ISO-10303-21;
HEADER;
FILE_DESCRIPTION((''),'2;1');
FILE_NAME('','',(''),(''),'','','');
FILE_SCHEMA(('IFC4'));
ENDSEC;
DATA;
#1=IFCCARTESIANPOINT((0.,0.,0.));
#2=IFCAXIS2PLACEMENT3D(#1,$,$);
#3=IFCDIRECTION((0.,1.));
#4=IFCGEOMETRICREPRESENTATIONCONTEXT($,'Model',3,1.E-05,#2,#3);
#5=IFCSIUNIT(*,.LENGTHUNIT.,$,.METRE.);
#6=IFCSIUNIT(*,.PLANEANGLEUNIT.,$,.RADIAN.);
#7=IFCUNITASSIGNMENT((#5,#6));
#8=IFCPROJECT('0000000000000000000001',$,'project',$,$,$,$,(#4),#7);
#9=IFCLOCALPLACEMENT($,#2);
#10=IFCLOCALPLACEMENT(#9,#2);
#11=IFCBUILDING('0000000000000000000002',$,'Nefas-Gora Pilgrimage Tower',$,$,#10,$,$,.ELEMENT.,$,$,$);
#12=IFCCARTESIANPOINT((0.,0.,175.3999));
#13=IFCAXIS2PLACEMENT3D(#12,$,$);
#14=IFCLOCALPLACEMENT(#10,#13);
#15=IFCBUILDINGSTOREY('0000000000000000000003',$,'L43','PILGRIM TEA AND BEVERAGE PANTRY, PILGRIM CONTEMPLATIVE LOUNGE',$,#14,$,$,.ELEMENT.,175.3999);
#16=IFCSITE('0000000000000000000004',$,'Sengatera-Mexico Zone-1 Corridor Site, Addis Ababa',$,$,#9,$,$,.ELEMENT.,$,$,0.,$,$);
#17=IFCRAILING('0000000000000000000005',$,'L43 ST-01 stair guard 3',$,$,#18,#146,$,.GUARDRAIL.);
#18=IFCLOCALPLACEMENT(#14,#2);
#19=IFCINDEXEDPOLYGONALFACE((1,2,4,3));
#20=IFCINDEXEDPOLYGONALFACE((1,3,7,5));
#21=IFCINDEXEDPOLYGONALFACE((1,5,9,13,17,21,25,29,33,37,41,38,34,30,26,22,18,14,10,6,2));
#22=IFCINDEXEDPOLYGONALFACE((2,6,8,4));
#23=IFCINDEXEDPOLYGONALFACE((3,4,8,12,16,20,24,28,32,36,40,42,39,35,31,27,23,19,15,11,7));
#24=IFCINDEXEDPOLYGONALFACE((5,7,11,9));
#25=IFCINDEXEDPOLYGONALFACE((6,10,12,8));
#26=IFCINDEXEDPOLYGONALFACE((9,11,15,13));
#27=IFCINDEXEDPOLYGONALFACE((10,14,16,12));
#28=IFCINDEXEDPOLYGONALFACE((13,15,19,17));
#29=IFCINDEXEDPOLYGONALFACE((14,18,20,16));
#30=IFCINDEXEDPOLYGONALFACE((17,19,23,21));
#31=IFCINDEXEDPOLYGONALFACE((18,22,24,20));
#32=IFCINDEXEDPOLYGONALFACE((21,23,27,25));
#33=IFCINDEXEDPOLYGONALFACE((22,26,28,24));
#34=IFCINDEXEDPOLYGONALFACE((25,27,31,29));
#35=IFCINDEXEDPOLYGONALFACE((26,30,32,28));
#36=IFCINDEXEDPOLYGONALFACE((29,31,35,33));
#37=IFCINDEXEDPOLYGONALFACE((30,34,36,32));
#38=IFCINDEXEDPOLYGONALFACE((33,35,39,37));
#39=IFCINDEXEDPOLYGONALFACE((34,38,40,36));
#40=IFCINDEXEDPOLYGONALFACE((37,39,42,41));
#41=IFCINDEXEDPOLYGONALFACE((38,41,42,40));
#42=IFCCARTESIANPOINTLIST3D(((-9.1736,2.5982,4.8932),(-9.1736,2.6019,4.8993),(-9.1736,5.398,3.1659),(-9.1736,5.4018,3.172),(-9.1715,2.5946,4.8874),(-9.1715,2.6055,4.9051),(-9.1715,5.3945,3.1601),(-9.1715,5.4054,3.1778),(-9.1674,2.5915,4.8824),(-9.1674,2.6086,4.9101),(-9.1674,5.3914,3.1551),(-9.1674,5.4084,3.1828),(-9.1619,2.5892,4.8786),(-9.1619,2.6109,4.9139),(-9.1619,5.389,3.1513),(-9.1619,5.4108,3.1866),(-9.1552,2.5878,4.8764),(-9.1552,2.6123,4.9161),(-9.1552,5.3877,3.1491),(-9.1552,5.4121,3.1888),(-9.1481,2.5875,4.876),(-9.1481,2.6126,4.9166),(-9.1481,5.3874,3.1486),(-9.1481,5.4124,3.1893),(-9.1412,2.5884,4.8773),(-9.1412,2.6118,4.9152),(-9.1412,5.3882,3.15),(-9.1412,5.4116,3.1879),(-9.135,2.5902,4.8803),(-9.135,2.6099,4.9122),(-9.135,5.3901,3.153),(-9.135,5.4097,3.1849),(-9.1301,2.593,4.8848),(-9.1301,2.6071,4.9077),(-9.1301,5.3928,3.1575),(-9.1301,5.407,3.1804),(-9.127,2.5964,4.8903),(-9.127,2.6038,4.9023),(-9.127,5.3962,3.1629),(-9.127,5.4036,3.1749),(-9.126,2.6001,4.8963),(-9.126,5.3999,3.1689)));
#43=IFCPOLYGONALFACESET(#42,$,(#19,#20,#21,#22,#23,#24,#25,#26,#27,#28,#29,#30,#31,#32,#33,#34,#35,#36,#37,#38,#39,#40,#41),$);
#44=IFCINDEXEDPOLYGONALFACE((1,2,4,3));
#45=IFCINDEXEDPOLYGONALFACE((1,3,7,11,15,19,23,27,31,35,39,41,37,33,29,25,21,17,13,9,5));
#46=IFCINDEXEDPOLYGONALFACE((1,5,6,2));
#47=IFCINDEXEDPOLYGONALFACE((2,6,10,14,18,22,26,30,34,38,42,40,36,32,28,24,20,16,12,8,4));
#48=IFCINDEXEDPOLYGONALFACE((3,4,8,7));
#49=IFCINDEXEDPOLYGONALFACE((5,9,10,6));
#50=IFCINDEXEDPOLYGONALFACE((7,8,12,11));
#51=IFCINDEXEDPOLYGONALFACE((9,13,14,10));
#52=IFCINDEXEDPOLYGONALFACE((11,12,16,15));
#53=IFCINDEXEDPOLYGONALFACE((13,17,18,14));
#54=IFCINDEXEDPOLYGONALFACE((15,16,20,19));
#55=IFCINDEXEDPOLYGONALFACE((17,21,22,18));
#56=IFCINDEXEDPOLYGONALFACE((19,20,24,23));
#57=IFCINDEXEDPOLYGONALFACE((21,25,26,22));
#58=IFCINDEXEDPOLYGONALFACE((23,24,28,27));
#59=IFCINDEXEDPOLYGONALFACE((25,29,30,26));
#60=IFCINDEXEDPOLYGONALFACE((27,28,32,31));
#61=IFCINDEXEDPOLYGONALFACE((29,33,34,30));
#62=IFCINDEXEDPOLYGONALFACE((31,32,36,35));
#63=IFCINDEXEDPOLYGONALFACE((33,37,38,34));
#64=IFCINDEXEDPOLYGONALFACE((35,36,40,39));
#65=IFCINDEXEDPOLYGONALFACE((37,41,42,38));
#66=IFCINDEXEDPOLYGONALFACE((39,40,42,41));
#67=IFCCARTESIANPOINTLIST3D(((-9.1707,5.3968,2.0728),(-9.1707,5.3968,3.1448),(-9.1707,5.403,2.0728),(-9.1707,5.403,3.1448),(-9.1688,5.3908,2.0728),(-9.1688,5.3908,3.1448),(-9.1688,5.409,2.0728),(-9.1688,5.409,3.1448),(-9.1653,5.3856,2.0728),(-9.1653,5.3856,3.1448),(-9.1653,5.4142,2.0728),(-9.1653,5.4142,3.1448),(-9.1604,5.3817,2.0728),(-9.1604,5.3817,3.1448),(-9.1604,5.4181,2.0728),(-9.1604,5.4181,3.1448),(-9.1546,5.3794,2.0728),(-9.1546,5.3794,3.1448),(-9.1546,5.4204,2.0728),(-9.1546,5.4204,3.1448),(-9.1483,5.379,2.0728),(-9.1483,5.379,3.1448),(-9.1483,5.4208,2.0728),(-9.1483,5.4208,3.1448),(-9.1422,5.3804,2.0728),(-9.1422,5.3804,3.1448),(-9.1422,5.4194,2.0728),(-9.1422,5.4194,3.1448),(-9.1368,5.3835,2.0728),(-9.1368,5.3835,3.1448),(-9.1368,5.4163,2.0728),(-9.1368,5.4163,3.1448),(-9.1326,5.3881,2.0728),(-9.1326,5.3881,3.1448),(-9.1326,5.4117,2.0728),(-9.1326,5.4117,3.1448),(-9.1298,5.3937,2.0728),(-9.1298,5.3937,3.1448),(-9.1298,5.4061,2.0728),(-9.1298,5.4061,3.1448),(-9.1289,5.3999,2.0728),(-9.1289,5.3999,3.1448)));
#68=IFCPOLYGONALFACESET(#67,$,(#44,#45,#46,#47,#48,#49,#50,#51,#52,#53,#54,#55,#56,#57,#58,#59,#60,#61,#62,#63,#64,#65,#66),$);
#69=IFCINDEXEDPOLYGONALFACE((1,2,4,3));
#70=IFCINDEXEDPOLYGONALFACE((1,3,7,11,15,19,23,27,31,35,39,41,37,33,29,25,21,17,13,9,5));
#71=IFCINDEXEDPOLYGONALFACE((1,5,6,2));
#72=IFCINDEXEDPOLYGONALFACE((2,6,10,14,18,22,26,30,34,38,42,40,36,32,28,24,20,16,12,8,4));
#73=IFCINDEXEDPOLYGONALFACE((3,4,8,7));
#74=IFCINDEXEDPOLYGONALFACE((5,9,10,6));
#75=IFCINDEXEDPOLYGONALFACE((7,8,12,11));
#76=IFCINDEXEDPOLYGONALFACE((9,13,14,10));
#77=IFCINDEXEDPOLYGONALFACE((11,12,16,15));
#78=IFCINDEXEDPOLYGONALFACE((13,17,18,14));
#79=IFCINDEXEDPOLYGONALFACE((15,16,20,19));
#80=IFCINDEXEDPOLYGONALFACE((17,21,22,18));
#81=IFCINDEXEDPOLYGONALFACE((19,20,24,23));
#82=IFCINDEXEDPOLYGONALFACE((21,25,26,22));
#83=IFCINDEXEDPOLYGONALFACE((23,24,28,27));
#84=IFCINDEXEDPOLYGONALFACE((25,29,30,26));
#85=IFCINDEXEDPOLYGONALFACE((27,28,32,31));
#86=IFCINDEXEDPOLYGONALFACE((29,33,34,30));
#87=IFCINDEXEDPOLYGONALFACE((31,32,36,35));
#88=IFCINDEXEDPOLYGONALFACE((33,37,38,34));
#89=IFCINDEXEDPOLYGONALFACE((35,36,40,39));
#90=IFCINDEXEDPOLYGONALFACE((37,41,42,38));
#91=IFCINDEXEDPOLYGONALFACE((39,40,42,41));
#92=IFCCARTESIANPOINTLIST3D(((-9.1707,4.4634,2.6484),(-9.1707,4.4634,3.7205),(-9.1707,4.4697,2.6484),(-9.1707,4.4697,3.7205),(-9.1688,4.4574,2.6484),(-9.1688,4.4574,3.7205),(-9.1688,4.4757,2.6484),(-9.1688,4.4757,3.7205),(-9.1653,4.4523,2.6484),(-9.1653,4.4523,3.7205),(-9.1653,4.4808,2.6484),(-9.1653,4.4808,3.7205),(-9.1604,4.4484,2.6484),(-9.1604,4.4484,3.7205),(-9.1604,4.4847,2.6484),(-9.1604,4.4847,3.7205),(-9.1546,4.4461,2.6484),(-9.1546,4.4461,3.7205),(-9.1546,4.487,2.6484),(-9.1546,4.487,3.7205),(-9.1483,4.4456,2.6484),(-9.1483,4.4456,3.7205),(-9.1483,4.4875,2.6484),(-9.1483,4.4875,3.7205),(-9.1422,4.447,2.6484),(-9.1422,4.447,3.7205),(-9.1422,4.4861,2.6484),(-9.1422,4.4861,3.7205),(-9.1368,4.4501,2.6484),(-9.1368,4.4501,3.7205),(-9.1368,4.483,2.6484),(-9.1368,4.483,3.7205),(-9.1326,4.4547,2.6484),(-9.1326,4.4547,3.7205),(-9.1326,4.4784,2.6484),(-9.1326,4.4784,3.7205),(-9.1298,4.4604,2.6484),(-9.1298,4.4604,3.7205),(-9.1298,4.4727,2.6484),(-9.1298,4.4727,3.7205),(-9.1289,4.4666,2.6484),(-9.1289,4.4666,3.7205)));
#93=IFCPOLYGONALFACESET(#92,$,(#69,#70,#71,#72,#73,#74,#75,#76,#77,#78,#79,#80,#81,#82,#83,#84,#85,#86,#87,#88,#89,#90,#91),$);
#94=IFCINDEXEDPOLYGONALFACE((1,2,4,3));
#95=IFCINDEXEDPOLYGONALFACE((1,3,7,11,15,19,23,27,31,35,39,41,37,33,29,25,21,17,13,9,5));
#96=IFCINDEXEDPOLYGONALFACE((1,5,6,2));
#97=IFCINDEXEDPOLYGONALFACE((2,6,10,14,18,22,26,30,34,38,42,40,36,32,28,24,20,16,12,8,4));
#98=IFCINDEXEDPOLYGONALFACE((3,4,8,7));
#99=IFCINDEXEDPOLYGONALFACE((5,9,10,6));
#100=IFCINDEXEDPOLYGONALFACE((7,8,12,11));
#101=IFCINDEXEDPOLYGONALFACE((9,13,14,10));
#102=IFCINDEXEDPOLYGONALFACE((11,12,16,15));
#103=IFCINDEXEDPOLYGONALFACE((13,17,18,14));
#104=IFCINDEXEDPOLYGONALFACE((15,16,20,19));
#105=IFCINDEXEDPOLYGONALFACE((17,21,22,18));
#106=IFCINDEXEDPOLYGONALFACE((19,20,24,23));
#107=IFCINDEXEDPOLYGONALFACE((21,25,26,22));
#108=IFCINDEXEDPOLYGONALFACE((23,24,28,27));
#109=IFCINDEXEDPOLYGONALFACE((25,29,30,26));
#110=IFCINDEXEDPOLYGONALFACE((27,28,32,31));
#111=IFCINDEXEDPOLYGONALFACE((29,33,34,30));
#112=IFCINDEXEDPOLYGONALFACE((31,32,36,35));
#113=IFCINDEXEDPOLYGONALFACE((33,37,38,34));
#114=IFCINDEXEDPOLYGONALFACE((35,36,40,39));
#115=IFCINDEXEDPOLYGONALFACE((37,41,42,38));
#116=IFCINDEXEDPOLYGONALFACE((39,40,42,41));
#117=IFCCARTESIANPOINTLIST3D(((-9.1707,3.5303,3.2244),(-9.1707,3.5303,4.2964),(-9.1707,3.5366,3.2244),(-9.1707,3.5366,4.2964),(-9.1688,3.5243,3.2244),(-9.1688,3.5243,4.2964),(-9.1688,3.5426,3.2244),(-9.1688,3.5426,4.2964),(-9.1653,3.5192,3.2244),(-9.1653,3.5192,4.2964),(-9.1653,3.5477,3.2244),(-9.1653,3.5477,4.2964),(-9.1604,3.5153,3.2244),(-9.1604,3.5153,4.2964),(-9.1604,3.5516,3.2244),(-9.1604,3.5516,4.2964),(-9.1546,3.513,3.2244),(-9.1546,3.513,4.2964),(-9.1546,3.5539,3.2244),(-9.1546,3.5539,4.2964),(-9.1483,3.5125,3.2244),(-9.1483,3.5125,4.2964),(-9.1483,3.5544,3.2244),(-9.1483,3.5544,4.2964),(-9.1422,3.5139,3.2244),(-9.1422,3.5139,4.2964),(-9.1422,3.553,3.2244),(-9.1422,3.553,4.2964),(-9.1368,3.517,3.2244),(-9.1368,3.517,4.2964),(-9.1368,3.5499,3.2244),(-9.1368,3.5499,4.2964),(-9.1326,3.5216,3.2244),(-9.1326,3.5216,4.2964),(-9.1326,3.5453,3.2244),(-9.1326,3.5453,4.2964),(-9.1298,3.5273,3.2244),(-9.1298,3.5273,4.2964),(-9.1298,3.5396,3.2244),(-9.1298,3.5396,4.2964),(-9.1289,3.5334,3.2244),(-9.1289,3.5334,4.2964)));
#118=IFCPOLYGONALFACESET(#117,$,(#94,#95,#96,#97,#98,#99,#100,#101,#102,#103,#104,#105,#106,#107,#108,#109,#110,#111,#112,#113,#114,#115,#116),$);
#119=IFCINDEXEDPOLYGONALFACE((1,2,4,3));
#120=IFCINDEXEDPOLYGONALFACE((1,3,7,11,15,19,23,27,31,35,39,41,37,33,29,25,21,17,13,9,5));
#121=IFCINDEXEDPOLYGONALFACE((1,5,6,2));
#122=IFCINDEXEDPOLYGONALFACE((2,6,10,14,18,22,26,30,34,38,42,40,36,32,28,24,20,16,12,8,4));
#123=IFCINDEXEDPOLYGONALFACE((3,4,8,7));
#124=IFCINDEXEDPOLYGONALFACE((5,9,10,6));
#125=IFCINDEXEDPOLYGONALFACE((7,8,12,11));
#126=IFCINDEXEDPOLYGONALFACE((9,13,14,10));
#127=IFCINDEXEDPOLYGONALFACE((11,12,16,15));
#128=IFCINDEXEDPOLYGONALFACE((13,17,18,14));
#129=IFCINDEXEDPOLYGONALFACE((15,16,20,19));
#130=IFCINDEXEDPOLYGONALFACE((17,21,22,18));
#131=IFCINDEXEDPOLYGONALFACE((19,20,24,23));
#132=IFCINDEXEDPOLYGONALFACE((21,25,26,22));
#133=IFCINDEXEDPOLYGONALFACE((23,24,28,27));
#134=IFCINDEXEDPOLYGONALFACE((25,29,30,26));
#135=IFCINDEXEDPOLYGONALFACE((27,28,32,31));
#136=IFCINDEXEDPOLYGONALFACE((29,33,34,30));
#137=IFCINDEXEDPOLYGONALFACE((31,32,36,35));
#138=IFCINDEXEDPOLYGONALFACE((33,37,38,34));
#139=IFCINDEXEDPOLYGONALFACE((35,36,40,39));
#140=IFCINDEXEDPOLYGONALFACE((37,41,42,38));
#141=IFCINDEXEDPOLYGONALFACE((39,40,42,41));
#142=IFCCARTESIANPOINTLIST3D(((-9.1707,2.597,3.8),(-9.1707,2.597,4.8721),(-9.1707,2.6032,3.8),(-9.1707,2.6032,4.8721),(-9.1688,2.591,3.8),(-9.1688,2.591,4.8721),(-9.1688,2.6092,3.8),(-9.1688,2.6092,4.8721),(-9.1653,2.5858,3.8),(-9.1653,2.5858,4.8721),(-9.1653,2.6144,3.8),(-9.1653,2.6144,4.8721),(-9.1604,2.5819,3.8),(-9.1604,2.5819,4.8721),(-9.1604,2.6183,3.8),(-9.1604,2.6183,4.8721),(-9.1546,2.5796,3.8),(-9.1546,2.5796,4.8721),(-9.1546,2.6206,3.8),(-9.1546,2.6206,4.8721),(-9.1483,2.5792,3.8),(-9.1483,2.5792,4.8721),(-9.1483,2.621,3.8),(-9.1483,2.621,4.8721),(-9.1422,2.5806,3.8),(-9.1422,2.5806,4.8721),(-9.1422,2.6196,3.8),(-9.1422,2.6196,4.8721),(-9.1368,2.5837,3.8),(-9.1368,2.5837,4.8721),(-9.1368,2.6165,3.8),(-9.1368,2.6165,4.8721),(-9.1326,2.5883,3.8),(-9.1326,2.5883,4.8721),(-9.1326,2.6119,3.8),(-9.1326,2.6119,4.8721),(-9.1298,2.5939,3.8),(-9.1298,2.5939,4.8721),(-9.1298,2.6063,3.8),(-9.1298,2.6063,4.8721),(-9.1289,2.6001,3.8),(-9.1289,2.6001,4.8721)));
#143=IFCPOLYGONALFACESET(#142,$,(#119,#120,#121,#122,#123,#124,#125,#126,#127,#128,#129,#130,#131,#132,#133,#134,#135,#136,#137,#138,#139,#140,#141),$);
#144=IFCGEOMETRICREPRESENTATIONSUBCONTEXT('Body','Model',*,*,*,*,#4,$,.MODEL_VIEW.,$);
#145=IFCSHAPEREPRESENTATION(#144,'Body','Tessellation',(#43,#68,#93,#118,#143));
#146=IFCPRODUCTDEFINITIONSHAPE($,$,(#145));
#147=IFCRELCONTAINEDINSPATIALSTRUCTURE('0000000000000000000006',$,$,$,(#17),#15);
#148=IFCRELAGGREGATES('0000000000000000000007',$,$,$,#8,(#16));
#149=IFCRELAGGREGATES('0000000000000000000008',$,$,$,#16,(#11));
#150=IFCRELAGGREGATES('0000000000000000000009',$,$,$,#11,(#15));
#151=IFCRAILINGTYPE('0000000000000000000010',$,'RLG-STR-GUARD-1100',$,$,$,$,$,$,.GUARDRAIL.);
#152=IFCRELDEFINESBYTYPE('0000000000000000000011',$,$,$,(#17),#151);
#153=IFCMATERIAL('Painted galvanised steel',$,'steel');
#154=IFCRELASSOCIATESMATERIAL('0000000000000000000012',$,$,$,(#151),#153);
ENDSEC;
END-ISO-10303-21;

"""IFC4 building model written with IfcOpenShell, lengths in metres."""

from ifc_helpers import new_model, si_unit, direction, frame, origin, origin_2d, place, context, subcontext, project, spatial, circle, extrude, material, type_object, element, save


model = new_model("IFC4")

# Units and contexts
model_context = context("Model", 3, precision=1e-05, world=origin(), true_north=direction((0.0, 1.0)))
body_context = subcontext(model_context, "Body", "Model", "MODEL_VIEW")
ifc_project = project(units=[si_unit("LENGTHUNIT", "METRE"), si_unit("PLANEANGLEUNIT", "RADIAN")], contexts=[model_context])

# Site, building, storey
site_placement = place(None, origin())
site = spatial("IfcSite", under=ifc_project, at=site_placement, Name="Sengatera-Mexico Zone-1 Corridor Site, Addis Ababa", CompositionType="ELEMENT", RefElevation=0.0)
building_placement = place(site_placement, origin())
building = spatial("IfcBuilding", under=site, at=building_placement, Name="Nefas-Gora Pilgrimage Tower", CompositionType="ELEMENT")
storey_placement = place(building_placement, frame((0.0, 0.0, 175.3999)))
storey = spatial("IfcBuildingStorey", under=building, at=storey_placement, Name="L43", Description="PILGRIM TEA AND BEVERAGE PANTRY, PILGRIM CONTEMPLATIVE LOUNGE", CompositionType="ELEMENT", Elevation=175.3999)

# Railing
ifc_material_1 = material(Name="Painted galvanised steel", Category="steel")
railing_type_1 = type_object("IfcRailingType", Name="RLG-STR-GUARD-1100", PredefinedType="GUARDRAIL", material=ifc_material_1)
railing_1_placement = place(storey_placement, frame((-9.1499, 5.3999, 2.0728)))
element("IfcRailing", 1, at=railing_1_placement, inside=storey, type_object=railing_type_1, Name="L43 ST-01 stair guard 3", PredefinedType="GUARDRAIL", context=body_context, shape_type="SweptSolid", body=[
    extrude(circle(Radius=0.0239, at=origin_2d()), frame((0.0, 0.0, 1.0962), z_axis=(0.0, -0.851069, 0.525054), x_axis=(1.0, 0.0, 0.0)), (0.0, 0.0, 1.0), 3.2898),
    extrude(circle(Radius=0.021, at=origin_2d()), origin(), (0.0, 0.0, 1.0), 1.072),
    extrude(circle(Radius=0.021, at=origin_2d()), frame((0.0, -0.9333, 0.5757)), (0.0, 0.0, 1.0), 1.072),
    extrude(circle(Radius=0.021, at=origin_2d()), frame((0.0, -1.8665, 1.1516)), (0.0, 0.0, 1.0), 1.072),
    extrude(circle(Radius=0.021, at=origin_2d()), frame((0.0, -2.7998, 1.7273)), (0.0, 0.0, 1.0), 1.072),
])

save(model, "model.ifc")
